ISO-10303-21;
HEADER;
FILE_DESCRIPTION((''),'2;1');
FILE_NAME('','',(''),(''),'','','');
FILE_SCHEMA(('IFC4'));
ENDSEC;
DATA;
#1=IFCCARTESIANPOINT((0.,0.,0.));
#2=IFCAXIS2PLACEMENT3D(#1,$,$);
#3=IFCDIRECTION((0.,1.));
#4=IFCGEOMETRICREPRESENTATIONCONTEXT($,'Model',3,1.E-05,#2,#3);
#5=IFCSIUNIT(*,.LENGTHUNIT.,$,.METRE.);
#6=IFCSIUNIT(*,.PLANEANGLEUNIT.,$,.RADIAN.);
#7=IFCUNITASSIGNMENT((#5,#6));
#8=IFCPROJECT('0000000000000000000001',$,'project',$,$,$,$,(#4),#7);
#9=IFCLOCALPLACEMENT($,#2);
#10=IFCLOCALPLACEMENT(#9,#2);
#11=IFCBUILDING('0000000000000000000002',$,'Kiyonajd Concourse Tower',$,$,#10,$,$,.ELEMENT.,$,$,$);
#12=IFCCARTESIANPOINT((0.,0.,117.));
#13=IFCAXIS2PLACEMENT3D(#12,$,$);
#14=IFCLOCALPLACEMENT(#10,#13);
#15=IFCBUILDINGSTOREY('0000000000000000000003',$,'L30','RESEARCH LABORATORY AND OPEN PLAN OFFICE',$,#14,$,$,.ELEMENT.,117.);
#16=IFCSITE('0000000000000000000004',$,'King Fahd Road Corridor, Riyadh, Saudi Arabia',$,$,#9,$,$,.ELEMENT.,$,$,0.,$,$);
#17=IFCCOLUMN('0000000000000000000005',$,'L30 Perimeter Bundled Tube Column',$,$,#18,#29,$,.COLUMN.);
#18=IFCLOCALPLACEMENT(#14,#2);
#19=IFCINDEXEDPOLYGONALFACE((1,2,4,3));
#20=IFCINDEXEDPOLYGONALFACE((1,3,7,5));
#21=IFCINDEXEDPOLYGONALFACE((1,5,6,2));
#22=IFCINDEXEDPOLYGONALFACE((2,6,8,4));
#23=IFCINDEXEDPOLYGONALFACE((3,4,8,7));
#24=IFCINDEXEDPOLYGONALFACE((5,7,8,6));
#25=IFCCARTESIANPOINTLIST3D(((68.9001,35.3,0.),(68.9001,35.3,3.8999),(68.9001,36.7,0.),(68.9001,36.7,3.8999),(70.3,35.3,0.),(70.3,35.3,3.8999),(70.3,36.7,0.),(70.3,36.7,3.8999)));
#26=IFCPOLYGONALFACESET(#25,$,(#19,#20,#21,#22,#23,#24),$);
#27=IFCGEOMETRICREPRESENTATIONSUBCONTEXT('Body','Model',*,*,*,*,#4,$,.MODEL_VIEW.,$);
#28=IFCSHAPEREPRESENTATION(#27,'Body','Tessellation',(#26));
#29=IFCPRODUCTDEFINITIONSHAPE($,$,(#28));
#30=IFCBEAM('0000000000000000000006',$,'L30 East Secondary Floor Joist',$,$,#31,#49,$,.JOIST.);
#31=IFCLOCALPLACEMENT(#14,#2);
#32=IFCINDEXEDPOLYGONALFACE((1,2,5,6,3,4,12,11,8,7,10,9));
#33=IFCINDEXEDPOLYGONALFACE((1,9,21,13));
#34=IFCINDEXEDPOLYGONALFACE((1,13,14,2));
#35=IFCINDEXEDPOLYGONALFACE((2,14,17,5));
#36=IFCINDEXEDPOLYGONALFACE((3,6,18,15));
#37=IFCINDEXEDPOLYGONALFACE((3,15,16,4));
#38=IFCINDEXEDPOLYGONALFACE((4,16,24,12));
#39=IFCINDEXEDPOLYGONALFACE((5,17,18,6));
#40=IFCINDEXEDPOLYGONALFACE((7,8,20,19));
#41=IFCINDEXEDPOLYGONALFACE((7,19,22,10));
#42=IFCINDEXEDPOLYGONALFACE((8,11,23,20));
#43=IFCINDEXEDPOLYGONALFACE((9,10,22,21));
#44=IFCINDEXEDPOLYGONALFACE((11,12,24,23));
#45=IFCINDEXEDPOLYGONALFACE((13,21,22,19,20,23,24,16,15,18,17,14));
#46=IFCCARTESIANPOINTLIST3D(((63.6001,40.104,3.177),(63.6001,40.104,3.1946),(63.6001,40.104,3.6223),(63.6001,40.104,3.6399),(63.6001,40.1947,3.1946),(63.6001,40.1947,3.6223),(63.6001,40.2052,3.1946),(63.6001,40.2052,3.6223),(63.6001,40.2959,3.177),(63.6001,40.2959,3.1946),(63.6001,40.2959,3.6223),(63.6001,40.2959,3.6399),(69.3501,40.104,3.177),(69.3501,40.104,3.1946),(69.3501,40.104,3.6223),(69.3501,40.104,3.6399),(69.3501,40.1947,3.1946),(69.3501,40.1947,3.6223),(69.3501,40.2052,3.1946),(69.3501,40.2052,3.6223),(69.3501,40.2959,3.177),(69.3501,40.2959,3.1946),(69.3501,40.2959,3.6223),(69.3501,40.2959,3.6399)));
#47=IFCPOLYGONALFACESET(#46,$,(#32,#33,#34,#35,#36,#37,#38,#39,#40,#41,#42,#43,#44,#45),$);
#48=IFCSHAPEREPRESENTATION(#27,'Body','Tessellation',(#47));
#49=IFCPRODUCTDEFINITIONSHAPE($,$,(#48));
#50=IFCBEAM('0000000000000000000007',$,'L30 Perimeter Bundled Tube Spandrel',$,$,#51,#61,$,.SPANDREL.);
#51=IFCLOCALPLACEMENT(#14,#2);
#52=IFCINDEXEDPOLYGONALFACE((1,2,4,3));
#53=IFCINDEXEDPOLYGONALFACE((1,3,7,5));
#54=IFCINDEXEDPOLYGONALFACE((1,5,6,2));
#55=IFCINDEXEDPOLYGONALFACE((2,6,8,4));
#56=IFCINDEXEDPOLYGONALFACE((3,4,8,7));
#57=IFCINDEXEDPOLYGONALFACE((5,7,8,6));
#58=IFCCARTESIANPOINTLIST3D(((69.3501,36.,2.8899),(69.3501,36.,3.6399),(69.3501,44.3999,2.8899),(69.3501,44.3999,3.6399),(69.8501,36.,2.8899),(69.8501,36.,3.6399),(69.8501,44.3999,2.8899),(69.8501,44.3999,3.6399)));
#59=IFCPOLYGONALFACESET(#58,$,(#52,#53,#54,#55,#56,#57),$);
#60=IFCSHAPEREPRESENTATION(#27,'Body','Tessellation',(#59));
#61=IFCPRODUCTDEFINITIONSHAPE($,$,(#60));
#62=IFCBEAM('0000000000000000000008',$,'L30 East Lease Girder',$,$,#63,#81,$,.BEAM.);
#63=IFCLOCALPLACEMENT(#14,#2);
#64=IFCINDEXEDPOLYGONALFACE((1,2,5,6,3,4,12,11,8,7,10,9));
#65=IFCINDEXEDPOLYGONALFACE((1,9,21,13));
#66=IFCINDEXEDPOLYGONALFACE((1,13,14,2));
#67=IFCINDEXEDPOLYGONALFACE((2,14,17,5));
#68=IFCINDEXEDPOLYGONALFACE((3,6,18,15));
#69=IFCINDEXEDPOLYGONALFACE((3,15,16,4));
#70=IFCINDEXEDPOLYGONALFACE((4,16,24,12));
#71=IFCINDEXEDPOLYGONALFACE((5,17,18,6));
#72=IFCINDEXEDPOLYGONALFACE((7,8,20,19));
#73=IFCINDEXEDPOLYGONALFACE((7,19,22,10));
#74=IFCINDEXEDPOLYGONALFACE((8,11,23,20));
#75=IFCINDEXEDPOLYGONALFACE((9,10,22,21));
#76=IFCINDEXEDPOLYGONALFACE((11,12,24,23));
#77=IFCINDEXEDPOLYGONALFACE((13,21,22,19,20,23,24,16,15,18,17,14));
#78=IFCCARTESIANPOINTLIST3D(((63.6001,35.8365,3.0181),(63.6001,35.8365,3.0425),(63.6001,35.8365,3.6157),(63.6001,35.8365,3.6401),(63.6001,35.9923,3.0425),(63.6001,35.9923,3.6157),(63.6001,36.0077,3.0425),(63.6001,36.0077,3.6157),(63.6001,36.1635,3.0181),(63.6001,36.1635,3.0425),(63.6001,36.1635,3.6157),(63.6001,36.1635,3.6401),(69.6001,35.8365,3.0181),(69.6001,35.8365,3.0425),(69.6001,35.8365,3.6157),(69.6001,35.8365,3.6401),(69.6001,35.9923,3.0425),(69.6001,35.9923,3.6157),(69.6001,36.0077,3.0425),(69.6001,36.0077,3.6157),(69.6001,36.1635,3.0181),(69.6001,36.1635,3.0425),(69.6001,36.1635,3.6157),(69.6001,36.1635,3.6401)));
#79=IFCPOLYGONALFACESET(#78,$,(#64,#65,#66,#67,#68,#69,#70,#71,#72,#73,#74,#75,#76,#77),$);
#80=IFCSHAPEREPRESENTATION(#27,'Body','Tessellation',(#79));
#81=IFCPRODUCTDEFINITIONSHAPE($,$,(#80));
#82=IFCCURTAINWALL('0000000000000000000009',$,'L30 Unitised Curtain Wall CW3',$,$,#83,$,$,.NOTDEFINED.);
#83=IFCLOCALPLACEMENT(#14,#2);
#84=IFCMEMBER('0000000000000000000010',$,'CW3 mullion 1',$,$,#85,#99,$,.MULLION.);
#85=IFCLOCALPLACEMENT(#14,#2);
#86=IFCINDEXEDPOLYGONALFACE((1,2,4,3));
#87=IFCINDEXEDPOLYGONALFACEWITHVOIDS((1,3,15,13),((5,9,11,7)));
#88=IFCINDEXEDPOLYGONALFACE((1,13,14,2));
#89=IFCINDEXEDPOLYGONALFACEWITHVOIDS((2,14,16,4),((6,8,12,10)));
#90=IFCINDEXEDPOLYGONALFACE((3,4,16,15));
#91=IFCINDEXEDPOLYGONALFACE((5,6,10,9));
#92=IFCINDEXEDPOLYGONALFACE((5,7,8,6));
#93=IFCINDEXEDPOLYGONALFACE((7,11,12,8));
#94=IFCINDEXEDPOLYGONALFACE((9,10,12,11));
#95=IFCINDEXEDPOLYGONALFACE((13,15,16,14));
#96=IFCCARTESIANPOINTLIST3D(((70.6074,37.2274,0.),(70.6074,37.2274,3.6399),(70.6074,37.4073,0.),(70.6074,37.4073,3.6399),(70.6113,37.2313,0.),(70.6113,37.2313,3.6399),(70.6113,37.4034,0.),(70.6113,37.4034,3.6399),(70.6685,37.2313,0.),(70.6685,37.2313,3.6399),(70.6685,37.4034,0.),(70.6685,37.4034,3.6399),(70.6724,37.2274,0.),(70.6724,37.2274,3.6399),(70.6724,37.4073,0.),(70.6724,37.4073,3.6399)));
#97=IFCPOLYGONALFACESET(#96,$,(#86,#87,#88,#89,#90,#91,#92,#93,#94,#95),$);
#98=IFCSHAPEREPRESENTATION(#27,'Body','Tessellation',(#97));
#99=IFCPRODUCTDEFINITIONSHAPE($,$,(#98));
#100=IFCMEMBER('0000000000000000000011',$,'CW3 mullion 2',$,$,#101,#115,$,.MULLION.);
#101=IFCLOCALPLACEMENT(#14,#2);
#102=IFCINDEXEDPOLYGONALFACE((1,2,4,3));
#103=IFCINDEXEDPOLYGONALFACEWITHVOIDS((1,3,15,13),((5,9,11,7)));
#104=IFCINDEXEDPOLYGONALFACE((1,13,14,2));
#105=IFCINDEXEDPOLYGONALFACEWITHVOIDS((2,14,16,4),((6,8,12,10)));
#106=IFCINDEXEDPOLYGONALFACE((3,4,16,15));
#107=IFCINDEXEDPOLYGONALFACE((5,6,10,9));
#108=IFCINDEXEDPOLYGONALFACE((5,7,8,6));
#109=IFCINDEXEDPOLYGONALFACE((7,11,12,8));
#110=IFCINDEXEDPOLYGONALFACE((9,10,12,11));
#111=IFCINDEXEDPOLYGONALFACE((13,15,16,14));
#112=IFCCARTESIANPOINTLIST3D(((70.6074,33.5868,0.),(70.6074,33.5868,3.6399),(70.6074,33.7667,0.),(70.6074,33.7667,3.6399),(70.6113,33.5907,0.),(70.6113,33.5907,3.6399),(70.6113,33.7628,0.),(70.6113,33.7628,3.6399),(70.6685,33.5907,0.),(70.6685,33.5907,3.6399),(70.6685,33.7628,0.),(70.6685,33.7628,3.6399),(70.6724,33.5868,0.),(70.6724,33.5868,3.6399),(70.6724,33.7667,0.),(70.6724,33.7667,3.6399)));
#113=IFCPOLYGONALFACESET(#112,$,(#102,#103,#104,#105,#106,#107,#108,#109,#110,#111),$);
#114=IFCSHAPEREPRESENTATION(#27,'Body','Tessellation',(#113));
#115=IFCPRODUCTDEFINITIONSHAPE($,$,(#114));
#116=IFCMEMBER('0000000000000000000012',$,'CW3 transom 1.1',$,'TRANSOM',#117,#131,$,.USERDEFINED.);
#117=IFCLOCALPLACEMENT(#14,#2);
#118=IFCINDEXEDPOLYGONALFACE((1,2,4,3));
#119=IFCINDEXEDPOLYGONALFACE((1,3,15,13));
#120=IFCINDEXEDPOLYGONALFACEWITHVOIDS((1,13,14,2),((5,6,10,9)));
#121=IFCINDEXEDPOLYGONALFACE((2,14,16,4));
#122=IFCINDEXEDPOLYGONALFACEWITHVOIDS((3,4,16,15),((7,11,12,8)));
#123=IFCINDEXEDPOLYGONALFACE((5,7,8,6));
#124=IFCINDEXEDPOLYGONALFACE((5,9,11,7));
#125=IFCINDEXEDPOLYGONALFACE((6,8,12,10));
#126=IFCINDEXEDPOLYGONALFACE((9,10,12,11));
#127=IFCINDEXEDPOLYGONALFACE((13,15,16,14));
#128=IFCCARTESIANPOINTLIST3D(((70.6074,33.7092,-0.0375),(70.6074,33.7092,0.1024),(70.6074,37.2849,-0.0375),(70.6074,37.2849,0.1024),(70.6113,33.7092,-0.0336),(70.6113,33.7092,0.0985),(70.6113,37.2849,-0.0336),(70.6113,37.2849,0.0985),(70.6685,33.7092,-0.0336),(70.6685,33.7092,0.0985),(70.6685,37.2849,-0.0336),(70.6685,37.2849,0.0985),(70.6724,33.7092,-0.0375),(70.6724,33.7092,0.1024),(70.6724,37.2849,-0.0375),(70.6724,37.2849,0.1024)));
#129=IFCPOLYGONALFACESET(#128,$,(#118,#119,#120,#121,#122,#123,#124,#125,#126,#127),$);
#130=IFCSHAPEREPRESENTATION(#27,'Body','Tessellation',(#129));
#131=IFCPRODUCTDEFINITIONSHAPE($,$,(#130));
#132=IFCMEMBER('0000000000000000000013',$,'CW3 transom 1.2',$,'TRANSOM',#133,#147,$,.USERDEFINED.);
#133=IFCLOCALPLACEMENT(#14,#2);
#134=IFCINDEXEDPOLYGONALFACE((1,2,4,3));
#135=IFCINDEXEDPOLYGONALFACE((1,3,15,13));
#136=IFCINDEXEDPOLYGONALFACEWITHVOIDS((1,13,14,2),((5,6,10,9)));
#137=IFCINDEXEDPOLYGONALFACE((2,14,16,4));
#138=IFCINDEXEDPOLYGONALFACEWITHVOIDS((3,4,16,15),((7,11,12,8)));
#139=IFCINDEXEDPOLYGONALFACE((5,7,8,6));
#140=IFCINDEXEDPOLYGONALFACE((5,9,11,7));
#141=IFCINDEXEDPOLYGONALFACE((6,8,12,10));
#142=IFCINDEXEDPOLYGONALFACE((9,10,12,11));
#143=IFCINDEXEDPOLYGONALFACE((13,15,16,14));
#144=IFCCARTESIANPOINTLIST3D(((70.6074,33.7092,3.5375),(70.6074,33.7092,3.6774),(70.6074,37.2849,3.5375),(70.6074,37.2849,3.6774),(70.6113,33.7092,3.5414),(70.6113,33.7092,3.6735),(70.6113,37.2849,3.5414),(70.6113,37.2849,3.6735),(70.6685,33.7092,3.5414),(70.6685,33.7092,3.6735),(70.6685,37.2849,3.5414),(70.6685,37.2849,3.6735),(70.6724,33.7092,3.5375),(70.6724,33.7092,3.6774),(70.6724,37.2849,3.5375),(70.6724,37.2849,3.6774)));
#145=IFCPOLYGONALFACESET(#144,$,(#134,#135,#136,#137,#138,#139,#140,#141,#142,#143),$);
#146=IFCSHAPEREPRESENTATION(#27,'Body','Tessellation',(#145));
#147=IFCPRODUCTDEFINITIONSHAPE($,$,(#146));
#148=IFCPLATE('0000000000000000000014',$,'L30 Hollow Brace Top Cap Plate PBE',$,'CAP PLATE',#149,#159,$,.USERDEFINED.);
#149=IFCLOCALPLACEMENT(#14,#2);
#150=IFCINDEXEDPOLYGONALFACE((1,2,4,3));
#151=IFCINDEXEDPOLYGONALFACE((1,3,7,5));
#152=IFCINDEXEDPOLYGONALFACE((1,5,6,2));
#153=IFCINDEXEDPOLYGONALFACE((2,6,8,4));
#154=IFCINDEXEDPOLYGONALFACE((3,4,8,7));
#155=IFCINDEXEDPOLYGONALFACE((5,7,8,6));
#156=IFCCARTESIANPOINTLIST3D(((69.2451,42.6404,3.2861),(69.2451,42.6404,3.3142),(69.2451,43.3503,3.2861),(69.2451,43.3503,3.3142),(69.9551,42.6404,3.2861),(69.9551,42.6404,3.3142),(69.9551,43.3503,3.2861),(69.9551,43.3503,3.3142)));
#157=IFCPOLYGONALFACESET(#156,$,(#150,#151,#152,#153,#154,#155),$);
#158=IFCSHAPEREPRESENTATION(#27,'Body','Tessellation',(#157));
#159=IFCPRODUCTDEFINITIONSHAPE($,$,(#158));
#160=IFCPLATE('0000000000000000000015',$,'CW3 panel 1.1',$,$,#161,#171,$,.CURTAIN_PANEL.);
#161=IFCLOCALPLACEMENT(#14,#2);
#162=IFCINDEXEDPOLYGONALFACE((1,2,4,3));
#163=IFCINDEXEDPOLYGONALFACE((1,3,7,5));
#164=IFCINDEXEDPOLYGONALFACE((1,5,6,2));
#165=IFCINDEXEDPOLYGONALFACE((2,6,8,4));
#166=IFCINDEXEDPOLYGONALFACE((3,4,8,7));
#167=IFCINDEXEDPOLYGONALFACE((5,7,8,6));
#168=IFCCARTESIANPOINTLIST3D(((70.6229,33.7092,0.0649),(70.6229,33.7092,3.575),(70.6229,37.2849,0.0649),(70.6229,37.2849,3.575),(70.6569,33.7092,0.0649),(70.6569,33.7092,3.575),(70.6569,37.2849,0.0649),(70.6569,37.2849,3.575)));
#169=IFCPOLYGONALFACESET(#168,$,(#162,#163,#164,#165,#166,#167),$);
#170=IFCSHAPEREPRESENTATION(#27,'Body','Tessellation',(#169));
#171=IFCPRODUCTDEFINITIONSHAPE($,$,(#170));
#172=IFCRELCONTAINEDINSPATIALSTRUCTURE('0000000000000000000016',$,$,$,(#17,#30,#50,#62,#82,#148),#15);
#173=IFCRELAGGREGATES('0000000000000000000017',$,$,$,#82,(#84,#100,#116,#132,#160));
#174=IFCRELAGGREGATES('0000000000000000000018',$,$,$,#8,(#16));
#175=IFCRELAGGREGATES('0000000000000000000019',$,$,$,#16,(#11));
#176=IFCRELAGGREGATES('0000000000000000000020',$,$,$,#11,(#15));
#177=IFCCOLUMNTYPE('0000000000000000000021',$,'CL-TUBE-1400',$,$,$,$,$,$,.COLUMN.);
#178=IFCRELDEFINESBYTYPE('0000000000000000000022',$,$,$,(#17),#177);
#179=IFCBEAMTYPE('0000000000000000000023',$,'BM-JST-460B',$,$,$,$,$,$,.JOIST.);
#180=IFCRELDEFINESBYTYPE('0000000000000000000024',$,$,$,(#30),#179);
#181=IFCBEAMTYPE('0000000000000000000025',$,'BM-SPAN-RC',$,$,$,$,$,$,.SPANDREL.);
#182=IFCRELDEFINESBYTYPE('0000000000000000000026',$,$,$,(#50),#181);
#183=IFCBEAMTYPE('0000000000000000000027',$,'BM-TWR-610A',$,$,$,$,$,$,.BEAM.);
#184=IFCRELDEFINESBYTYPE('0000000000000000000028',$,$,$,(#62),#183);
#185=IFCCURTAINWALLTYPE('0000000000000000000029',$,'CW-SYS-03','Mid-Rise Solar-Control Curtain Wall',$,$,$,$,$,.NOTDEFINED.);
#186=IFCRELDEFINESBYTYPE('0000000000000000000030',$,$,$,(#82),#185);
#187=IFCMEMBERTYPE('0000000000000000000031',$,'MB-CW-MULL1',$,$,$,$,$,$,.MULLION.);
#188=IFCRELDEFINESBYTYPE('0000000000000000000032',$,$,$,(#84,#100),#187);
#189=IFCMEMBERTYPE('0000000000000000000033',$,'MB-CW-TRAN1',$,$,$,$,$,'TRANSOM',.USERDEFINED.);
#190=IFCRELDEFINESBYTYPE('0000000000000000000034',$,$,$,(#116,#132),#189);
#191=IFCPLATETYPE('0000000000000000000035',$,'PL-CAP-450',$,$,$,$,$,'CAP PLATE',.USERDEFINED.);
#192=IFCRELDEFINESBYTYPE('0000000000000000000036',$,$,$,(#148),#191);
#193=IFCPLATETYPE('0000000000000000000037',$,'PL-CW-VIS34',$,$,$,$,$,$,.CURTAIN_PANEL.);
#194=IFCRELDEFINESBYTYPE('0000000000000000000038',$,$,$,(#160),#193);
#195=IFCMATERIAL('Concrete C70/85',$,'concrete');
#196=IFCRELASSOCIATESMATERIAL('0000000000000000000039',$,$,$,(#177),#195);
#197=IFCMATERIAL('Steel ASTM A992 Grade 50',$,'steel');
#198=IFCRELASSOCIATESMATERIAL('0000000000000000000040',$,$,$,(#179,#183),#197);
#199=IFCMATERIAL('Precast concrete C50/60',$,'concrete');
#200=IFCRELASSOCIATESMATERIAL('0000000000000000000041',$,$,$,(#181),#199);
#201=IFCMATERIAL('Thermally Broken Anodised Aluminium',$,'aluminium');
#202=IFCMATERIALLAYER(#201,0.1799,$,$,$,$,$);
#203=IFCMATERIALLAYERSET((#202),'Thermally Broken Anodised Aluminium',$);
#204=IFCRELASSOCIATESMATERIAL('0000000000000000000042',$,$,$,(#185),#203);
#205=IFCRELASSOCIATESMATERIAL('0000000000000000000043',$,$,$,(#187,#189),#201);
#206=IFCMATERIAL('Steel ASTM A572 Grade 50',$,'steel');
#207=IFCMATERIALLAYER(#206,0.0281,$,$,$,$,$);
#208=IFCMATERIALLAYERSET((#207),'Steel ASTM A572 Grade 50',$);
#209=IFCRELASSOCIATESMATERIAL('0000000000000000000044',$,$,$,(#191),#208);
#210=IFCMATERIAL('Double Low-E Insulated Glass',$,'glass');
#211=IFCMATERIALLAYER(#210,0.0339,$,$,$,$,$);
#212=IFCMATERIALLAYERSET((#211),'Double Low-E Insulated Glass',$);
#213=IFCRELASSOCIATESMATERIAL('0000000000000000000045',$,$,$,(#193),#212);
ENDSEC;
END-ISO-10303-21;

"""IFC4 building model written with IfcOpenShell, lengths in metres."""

from ifc_helpers import new_model, si_unit, direction, frame, origin, origin_2d, place, context, subcontext, project, spatial, rectangle, hollow_rectangle, i_section, extrude, material, layer, layer_set, material_profile, profile_set, type_object, element, aggregate, save


model = new_model("IFC4")

# Units and contexts
model_context = context("Model", 3, precision=1e-05, world=origin(), true_north=direction((0.0, 1.0)))
body_context = subcontext(model_context, "Body", "Model", "MODEL_VIEW")
ifc_project = project(units=[si_unit("LENGTHUNIT", "METRE"), si_unit("PLANEANGLEUNIT", "RADIAN")], contexts=[model_context])

# Site, building, storey
site_placement = place(None, origin())
site = spatial("IfcSite", under=ifc_project, at=site_placement, Name="King Fahd Road Corridor, Riyadh, Saudi Arabia", CompositionType="ELEMENT", RefElevation=0.0)
building_placement = place(site_placement, origin())
building = spatial("IfcBuilding", under=site, at=building_placement, Name="Kiyonajd Concourse Tower", CompositionType="ELEMENT")
storey_placement = place(building_placement, frame((0.0, 0.0, 117.0)))
storey = spatial("IfcBuildingStorey", under=building, at=storey_placement, Name="L30", Description="RESEARCH LABORATORY AND OPEN PLAN OFFICE", CompositionType="ELEMENT", Elevation=117.0)

# Column
ifc_material_1 = material(Name="Concrete C70/85", Category="concrete")
ifc_material_profile_1 = material_profile(ifc_material_1, rectangle(XDim=1.3999, YDim=1.3999, at=origin_2d()), Name="RC-1400x1400")
ifc_profile_set_1 = profile_set([ifc_material_profile_1], Name="Concrete C70/85")
column_type = type_object("IfcColumnType", Name="CL-TUBE-1400", PredefinedType="COLUMN", material=ifc_profile_set_1)
column_placement = place(storey_placement, frame((69.6001, 36.0, 0.0), z_axis=(0.0, 0.0, 1.0), x_axis=(1.0, 0.0, 0.0)))
element("IfcColumn", 1, at=column_placement, inside=storey, type_object=column_type, Name="L30 Perimeter Bundled Tube Column", PredefinedType="COLUMN", context=body_context, shape_type="SweptSolid", body=[
    extrude(rectangle(XDim=1.3999, YDim=1.3999, at=origin_2d()), origin(), (0.0, 0.0, 1.0), 3.8999),
])

# Beams
ifc_material_2 = material(Name="Steel ASTM A992 Grade 50", Category="steel")
ifc_material_profile_2 = material_profile(ifc_material_2, i_section(OverallWidth=0.1919, OverallDepth=0.4629, WebThickness=0.0105, FlangeThickness=0.0176, at=origin_2d()), Name="W460X89")
ifc_profile_set_2 = profile_set([ifc_material_profile_2], Name="Steel ASTM A992 Grade 50")
beam_type_1 = type_object("IfcBeamType", Name="BM-JST-460B", PredefinedType="JOIST", material=ifc_profile_set_2)
beam_1_placement = place(storey_placement, frame((63.6001, 40.2, 3.4084), z_axis=(1.0, 0.0, 0.0), x_axis=(0.0, 1.0, 0.0)))
element("IfcBeam", 2, at=beam_1_placement, inside=storey, type_object=beam_type_1, Name="L30 East Secondary Floor Joist", PredefinedType="JOIST", context=body_context, shape_type="SweptSolid", body=[
    extrude(i_section(OverallWidth=0.1919, OverallDepth=0.4629, WebThickness=0.0105, FlangeThickness=0.0176, at=origin_2d()), origin(), (0.0, 0.0, 1.0), 5.75),
])
ifc_material_3 = material(Name="Precast concrete C50/60", Category="concrete")
ifc_material_profile_3 = material_profile(ifc_material_3, rectangle(XDim=0.5, YDim=0.75, at=origin_2d()), Name="RCBM-500x750")
ifc_profile_set_3 = profile_set([ifc_material_profile_3], Name="Precast concrete C50/60")
beam_type_2 = type_object("IfcBeamType", Name="BM-SPAN-RC", PredefinedType="SPANDREL", material=ifc_profile_set_3)
beam_2_placement = place(storey_placement, frame((69.6001, 36.0, 3.2649), z_axis=(0.0, 1.0, 0.0), x_axis=(-1.0, 0.0, 0.0)))
element("IfcBeam", 3, at=beam_2_placement, inside=storey, type_object=beam_type_2, Name="L30 Perimeter Bundled Tube Spandrel", PredefinedType="SPANDREL", context=body_context, shape_type="SweptSolid", body=[
    extrude(rectangle(XDim=0.5, YDim=0.75, at=origin_2d()), origin(), (0.0, 0.0, 1.0), 8.3999),
])
ifc_material_profile_4 = material_profile(ifc_material_2, i_section(OverallWidth=0.3269, OverallDepth=0.6221, WebThickness=0.0154, FlangeThickness=0.0244, at=origin_2d()), Name="W610X195")
ifc_profile_set_4 = profile_set([ifc_material_profile_4], Name="Steel ASTM A992 Grade 50")
beam_type_3 = type_object("IfcBeamType", Name="BM-TWR-610A", PredefinedType="BEAM", material=ifc_profile_set_4)
beam_3_placement = place(storey_placement, frame((63.6001, 36.0, 3.3291), z_axis=(1.0, 0.0, 0.0), x_axis=(0.0, 1.0, 0.0)))
element("IfcBeam", 4, at=beam_3_placement, inside=storey, type_object=beam_type_3, Name="L30 East Lease Girder", PredefinedType="BEAM", context=body_context, shape_type="SweptSolid", body=[
    extrude(i_section(OverallWidth=0.3269, OverallDepth=0.6221, WebThickness=0.0154, FlangeThickness=0.0244, at=origin_2d()), origin(), (0.0, 0.0, 1.0), 6.0),
])

# Curtain wall, members
ifc_material_4 = material(Name="Thermally Broken Anodised Aluminium", Category="aluminium")
ifc_layer_1 = layer(ifc_material_4, 0.1799)
ifc_layer_set_1 = layer_set([ifc_layer_1], Name="Thermally Broken Anodised Aluminium")
curtain_wall_type = type_object("IfcCurtainWallType", Name="CW-SYS-03", Description="Mid-Rise Solar-Control Curtain Wall", PredefinedType="NOTDEFINED", material=ifc_layer_set_1)
curtain_wall_placement = place(storey_placement, origin())
curtain_wall = element("IfcCurtainWall", 5, at=curtain_wall_placement, inside=storey, type_object=curtain_wall_type, Name="L30 Unitised Curtain Wall CW3", PredefinedType="NOTDEFINED")
ifc_material_profile_5 = material_profile(ifc_material_4, hollow_rectangle(XDim=0.0649, YDim=0.1799, WallThickness=0.0039, at=origin_2d()), Name="MULL-65x180")
ifc_profile_set_5 = profile_set([ifc_material_profile_5], Name="Thermally Broken Anodised Aluminium")
member_type_1 = type_object("IfcMemberType", Name="MB-CW-MULL1", PredefinedType="MULLION", material=ifc_profile_set_5)
member_1_placement = place(storey_placement, frame((70.6399, 37.3174, 0.0), z_axis=(0.0, 0.0, 1.0), x_axis=(1.0, 0.0, 0.0)))
member_1 = element("IfcMember", 6, at=member_1_placement, type_object=member_type_1, Name="CW3 mullion 1", PredefinedType="MULLION", context=body_context, shape_type="SweptSolid", body=[
    extrude(hollow_rectangle(XDim=0.0649, YDim=0.1799, WallThickness=0.0039, at=origin_2d()), origin(), (0.0, 0.0, 1.0), 3.6399),
])
member_2_placement = place(storey_placement, frame((70.6399, 33.6768, 0.0), z_axis=(0.0, 0.0, 1.0), x_axis=(1.0, 0.0, 0.0)))
member_2 = element("IfcMember", 7, at=member_2_placement, type_object=member_type_1, Name="CW3 mullion 2", PredefinedType="MULLION", context=body_context, shape_type="SweptSolid", body=[
    extrude(hollow_rectangle(XDim=0.0649, YDim=0.1799, WallThickness=0.0039, at=origin_2d()), origin(), (0.0, 0.0, 1.0), 3.6399),
])
ifc_material_profile_6 = material_profile(ifc_material_4, hollow_rectangle(XDim=0.0649, YDim=0.1399, WallThickness=0.0039, at=origin_2d()), Name="TRAN-65x140")
ifc_profile_set_6 = profile_set([ifc_material_profile_6], Name="Thermally Broken Anodised Aluminium")
member_type_2 = type_object("IfcMemberType", Name="MB-CW-TRAN1", ElementType="TRANSOM", PredefinedType="USERDEFINED", material=ifc_profile_set_6)
member_3_placement = place(storey_placement, frame((70.6399, 37.2849, 0.0325), z_axis=(0.0, -1.0, 0.0), x_axis=(1.0, 0.0, 0.0)))
member_3 = element("IfcMember", 8, at=member_3_placement, type_object=member_type_2, Name="CW3 transom 1.1", ObjectType="TRANSOM", PredefinedType="USERDEFINED", context=body_context, shape_type="SweptSolid", body=[
    extrude(hollow_rectangle(XDim=0.0649, YDim=0.1399, WallThickness=0.0039, at=origin_2d()), origin(), (0.0, 0.0, 1.0), 3.5757),
])
member_4_placement = place(storey_placement, frame((70.6399, 37.2849, 3.6074), z_axis=(0.0, -1.0, 0.0), x_axis=(1.0, 0.0, 0.0)))
member_4 = element("IfcMember", 9, at=member_4_placement, type_object=member_type_2, Name="CW3 transom 1.2", ObjectType="TRANSOM", PredefinedType="USERDEFINED", context=body_context, shape_type="SweptSolid", body=[
    extrude(hollow_rectangle(XDim=0.0649, YDim=0.1399, WallThickness=0.0039, at=origin_2d()), origin(), (0.0, 0.0, 1.0), 3.5757),
])

# Plates
ifc_material_5 = material(Name="Steel ASTM A572 Grade 50", Category="steel")
ifc_layer_2 = layer(ifc_material_5, 0.0281)
ifc_layer_set_2 = layer_set([ifc_layer_2], Name="Steel ASTM A572 Grade 50")
plate_type_1 = type_object("IfcPlateType", Name="PL-CAP-450", ElementType="CAP PLATE", PredefinedType="USERDEFINED", material=ifc_layer_set_2)
plate_1_placement = place(storey_placement, frame((69.6001, 42.9954, 3.2861), z_axis=(0.0, 0.0, 1.0), x_axis=(1.0, 0.0, 0.0)))
element("IfcPlate", 10, at=plate_1_placement, inside=storey, type_object=plate_type_1, Name="L30 Hollow Brace Top Cap Plate PBE", ObjectType="CAP PLATE", PredefinedType="USERDEFINED", context=body_context, shape_type="SweptSolid", body=[
    extrude(rectangle(XDim=0.71, YDim=0.71, at=origin_2d()), origin(), (0.0, 0.0, 1.0), 0.0281),
])
ifc_material_6 = material(Name="Double Low-E Insulated Glass", Category="glass")
ifc_layer_3 = layer(ifc_material_6, 0.0339)
ifc_layer_set_3 = layer_set([ifc_layer_3], Name="Double Low-E Insulated Glass")
plate_type_2 = type_object("IfcPlateType", Name="PL-CW-VIS34", PredefinedType="CURTAIN_PANEL", material=ifc_layer_set_3)
plate_2_placement = place(storey_placement, frame((70.6399, 35.4971, 0.0649), z_axis=(0.0, 0.0, 1.0), x_axis=(0.0, -1.0, 0.0)))
plate_2 = element("IfcPlate", 11, at=plate_2_placement, type_object=plate_type_2, Name="CW3 panel 1.1", PredefinedType="CURTAIN_PANEL", context=body_context, shape_type="SweptSolid", body=[
    extrude(rectangle(XDim=3.5757, YDim=0.0339, at=origin_2d()), origin(), (0.0, 0.0, 1.0), 3.51),
])
aggregate(curtain_wall, [member_1, member_2, member_3, member_4, plate_2])

save(model, "model.ifc")
